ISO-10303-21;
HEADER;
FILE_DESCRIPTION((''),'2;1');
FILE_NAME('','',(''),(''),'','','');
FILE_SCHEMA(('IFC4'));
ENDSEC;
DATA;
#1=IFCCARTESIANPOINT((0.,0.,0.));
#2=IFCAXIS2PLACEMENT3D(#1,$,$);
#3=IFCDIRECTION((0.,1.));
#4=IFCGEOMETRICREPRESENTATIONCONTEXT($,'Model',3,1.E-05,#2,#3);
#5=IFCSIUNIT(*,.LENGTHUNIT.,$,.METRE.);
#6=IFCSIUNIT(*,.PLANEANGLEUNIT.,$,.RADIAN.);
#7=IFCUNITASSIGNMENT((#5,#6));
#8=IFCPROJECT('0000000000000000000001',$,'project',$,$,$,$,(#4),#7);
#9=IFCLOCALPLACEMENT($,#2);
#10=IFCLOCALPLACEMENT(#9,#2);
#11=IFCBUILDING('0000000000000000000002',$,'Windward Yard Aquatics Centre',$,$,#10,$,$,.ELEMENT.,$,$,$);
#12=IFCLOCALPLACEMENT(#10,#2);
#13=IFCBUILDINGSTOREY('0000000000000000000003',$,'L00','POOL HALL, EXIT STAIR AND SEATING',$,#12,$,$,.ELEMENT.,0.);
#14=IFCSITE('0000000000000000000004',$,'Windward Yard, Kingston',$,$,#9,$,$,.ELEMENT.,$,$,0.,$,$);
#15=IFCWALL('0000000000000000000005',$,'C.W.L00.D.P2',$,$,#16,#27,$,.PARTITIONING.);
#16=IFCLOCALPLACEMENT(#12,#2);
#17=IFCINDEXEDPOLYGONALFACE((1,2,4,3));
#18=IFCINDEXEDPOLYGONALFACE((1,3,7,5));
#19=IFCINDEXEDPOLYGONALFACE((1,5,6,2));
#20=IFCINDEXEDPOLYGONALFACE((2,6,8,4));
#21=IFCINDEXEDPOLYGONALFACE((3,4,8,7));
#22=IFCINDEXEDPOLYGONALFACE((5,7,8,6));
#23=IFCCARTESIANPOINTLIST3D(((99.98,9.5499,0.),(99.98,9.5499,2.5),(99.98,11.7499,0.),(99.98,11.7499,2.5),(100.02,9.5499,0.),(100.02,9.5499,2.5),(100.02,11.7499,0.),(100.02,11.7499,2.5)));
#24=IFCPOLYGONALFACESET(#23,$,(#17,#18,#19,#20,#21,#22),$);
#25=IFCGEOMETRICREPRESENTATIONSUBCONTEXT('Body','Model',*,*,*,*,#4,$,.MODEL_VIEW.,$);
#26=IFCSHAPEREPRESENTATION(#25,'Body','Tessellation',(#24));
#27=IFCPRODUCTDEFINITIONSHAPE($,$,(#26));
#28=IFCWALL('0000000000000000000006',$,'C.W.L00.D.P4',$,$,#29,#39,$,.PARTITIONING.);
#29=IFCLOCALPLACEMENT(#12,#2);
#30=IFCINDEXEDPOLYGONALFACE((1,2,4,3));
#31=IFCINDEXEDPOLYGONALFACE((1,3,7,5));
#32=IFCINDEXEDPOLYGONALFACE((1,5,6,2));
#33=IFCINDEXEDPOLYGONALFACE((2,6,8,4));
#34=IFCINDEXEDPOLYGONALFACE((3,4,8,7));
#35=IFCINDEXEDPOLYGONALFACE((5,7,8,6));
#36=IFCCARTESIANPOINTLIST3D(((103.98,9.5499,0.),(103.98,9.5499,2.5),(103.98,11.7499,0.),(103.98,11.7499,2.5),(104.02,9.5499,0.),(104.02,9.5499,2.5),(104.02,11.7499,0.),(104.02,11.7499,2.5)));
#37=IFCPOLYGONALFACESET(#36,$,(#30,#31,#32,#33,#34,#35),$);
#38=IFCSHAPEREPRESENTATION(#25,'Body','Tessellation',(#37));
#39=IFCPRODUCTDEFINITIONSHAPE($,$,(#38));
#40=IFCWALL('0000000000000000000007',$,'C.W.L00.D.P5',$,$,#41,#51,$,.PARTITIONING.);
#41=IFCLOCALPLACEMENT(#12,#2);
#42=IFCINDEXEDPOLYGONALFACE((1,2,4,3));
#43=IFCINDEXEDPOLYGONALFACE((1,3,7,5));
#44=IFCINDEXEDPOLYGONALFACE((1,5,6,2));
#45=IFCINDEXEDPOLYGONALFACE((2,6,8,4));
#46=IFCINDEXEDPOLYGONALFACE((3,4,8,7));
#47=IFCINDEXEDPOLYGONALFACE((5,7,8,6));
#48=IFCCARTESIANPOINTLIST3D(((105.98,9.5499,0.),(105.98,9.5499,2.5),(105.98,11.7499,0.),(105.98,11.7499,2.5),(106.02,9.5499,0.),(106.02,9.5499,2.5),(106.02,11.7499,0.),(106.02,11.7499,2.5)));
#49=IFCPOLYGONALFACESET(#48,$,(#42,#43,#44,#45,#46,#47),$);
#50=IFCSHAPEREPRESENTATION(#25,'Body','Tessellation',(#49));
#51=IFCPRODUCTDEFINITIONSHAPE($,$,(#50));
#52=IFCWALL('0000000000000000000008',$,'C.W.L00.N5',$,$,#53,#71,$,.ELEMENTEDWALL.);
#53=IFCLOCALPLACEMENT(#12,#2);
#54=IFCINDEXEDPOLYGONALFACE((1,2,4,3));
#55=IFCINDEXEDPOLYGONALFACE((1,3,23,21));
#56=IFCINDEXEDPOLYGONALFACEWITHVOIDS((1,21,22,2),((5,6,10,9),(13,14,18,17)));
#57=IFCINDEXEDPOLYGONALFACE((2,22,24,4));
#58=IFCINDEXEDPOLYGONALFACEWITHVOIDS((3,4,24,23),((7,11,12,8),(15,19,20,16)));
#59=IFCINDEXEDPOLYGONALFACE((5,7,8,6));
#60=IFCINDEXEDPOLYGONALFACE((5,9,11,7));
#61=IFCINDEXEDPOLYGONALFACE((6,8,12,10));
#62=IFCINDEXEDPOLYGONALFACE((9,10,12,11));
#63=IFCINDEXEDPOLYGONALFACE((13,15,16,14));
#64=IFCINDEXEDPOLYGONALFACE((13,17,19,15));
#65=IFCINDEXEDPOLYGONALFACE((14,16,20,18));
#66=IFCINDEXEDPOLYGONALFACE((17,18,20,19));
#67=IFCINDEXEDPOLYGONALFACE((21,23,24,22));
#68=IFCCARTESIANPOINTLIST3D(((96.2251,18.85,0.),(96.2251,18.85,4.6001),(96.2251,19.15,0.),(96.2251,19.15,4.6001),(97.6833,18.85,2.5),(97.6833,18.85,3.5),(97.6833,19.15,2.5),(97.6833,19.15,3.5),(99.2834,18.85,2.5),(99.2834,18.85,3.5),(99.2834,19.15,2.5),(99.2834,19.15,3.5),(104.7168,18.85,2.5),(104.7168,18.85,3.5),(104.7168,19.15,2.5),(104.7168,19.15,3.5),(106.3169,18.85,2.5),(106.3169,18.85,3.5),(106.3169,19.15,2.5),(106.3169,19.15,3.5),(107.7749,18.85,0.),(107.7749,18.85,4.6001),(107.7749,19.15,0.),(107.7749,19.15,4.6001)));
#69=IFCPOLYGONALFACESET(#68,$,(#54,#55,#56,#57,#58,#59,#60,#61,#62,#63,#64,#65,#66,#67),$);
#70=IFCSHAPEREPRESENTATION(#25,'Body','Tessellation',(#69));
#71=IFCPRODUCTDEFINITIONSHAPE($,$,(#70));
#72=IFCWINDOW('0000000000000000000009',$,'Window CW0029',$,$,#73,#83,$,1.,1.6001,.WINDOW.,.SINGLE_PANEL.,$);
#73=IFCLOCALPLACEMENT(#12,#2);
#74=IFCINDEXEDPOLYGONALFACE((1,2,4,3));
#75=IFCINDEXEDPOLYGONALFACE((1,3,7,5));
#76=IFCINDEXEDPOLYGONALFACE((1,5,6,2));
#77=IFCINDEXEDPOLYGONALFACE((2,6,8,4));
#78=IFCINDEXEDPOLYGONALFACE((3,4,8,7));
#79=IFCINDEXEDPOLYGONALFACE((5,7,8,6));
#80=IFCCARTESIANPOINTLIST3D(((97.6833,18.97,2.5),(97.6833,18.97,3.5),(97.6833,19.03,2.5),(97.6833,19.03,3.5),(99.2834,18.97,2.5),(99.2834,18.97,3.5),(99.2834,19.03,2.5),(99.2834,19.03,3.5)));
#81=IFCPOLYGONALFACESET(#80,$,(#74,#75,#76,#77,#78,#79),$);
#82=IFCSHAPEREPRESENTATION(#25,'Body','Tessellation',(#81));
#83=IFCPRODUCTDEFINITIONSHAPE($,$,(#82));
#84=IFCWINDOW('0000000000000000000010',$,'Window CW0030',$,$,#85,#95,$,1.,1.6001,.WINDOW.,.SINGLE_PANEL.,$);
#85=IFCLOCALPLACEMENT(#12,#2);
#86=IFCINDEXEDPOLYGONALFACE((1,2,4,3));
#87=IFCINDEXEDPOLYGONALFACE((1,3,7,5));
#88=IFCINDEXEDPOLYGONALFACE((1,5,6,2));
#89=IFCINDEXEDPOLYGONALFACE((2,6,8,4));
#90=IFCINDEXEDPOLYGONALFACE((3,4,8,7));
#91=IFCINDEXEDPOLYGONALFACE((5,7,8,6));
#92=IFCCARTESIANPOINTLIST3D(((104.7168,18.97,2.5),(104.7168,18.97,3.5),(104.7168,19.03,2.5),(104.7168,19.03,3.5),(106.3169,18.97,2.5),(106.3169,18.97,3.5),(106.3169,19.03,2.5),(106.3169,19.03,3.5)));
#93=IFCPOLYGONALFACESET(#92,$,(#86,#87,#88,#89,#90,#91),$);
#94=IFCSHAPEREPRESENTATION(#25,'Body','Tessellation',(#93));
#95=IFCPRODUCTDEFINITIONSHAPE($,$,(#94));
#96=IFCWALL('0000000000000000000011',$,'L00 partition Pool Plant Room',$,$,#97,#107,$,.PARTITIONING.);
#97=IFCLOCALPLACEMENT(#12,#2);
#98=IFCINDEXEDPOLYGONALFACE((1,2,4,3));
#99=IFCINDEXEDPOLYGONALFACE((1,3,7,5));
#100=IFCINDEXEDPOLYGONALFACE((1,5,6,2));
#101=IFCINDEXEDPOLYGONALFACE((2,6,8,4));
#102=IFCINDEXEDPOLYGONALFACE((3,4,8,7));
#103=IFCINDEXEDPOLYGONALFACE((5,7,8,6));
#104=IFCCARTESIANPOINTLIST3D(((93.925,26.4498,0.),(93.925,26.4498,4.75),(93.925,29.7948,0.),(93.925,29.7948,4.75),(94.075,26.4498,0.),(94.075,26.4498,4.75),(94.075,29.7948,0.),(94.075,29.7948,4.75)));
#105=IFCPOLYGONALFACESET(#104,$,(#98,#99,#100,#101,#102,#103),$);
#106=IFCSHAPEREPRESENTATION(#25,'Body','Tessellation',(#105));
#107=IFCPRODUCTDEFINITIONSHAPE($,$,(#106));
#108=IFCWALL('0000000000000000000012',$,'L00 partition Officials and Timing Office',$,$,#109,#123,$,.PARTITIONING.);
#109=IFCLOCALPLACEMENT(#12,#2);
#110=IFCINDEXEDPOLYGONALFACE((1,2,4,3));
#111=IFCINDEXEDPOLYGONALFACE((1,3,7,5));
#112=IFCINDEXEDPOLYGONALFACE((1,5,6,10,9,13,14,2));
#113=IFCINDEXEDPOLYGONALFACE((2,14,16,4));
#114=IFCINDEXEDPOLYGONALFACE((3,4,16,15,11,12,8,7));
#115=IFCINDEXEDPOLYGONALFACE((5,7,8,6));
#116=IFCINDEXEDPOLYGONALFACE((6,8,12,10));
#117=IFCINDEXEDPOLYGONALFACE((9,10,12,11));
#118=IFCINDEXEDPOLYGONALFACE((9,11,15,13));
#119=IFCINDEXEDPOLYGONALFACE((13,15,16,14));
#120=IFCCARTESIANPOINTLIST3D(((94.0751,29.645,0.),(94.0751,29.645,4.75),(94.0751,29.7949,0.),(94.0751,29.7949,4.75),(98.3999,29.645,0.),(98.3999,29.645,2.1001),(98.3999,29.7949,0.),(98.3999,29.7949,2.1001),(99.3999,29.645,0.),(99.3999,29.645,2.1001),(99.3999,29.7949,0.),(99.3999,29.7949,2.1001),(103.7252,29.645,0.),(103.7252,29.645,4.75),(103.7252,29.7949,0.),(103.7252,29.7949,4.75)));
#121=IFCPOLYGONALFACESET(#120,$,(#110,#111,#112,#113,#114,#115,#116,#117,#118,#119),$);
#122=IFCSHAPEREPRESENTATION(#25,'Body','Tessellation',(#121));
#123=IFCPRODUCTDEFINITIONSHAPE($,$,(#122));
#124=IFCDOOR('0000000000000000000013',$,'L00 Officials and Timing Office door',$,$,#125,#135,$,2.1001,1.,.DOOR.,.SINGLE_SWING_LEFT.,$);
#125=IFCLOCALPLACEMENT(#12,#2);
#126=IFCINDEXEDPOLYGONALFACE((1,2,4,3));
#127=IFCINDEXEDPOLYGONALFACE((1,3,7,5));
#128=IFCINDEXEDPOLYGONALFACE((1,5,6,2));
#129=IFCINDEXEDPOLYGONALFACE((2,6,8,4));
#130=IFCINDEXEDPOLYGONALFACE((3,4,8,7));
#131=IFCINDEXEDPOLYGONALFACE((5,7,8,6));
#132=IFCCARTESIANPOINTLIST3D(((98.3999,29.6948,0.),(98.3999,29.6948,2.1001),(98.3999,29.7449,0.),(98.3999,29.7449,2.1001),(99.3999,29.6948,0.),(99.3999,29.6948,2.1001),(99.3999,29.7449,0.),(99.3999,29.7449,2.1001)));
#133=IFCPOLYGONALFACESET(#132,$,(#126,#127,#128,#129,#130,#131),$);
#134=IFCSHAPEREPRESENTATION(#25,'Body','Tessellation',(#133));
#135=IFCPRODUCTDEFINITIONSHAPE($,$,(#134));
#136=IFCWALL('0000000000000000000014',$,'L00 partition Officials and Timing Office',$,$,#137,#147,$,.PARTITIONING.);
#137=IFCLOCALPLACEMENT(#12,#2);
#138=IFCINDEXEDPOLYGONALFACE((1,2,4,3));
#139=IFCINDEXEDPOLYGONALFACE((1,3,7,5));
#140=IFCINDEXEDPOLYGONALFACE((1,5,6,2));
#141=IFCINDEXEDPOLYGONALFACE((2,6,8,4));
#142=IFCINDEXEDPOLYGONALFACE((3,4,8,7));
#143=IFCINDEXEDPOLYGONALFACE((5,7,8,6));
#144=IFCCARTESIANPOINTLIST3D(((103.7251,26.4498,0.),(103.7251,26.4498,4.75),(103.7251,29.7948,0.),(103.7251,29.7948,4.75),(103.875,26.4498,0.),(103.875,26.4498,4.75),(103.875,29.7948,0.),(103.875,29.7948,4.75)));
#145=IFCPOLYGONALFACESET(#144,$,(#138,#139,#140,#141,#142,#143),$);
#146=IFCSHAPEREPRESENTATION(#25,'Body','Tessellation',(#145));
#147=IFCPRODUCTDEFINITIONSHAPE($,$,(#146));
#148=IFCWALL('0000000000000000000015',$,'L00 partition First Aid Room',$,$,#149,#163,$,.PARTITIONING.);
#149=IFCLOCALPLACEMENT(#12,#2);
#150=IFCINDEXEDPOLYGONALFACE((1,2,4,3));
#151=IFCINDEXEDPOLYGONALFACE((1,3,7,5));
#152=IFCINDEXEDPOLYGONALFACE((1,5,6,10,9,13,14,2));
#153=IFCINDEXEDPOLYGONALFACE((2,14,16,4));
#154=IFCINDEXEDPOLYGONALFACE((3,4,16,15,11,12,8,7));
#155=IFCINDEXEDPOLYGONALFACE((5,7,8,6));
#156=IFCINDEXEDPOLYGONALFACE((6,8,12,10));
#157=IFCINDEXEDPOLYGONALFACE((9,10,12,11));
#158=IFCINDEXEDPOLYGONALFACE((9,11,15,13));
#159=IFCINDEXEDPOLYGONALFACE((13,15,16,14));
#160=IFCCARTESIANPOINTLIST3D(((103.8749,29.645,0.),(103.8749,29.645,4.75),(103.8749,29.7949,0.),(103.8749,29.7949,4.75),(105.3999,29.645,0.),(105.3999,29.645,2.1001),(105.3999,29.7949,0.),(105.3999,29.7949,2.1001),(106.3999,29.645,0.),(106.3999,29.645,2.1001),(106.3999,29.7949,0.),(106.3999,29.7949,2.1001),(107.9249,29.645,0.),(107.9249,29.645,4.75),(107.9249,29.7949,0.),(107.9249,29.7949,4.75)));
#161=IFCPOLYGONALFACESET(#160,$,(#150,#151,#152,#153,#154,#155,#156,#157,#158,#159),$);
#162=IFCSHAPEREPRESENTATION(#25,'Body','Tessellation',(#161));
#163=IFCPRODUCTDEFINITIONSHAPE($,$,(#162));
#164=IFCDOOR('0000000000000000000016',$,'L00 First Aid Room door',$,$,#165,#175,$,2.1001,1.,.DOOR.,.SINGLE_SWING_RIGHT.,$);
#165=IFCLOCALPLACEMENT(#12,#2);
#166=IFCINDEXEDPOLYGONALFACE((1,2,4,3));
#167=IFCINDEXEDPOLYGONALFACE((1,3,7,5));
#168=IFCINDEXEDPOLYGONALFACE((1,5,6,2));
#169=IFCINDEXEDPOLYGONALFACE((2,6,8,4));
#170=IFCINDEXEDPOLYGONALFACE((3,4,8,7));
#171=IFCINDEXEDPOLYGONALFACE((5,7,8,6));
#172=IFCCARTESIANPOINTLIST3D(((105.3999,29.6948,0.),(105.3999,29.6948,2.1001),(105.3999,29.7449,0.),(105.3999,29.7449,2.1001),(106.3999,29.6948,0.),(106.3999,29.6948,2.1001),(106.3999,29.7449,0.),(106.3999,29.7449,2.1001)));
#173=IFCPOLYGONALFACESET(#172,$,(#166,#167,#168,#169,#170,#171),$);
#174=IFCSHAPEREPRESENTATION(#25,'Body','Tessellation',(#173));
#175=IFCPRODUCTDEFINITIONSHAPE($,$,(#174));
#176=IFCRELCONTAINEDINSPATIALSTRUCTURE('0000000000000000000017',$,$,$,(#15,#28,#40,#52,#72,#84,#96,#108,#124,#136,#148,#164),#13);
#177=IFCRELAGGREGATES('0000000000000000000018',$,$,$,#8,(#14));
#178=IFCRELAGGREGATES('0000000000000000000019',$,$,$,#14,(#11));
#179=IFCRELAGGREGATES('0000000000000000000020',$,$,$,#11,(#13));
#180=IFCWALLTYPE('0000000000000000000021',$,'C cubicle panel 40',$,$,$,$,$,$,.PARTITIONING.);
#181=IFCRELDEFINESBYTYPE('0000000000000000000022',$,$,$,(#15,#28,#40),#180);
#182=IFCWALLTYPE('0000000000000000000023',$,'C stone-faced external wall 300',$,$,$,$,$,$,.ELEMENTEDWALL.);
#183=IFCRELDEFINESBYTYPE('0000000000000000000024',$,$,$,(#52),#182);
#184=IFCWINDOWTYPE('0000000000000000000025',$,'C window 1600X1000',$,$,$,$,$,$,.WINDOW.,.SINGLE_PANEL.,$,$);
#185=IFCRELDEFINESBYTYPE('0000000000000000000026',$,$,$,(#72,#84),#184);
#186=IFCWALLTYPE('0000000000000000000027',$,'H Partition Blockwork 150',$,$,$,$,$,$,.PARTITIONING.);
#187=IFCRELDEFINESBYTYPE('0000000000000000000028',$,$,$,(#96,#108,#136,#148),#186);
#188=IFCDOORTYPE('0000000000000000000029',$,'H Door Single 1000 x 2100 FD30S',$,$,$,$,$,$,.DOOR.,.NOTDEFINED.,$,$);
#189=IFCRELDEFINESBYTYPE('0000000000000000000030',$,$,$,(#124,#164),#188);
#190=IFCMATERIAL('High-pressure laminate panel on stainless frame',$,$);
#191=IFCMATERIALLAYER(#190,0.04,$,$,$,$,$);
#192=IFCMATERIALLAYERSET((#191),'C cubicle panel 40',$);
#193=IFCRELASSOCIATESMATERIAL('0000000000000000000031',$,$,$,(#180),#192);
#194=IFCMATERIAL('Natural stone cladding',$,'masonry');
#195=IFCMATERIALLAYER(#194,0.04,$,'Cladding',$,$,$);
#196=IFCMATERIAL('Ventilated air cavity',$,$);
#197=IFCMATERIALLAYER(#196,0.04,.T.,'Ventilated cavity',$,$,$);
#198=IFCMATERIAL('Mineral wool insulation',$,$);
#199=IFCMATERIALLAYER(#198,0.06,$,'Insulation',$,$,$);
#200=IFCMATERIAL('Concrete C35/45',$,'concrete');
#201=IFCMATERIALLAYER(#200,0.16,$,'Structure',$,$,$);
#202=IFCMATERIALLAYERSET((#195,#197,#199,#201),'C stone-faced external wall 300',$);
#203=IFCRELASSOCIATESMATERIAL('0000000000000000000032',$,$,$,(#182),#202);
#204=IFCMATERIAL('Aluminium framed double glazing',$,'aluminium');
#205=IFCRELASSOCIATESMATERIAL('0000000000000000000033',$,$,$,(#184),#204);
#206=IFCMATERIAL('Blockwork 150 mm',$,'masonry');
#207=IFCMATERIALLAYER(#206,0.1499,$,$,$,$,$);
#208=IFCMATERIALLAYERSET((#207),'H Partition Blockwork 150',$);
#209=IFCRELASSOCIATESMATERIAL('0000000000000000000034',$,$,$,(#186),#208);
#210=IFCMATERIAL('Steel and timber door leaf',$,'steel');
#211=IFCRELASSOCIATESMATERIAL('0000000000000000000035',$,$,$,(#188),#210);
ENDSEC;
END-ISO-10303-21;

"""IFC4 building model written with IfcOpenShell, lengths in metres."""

from ifc_helpers import new_model, si_unit, direction, frame, frame_2d, origin, place, context, subcontext, project, spatial, rectangle, extrude, material, layer, layer_set, type_object, element, fill, save


model = new_model("IFC4")

# Units and contexts
model_context = context("Model", 3, precision=1e-05, world=origin(), true_north=direction((0.0, 1.0)))
body_context = subcontext(model_context, "Body", "Model", "MODEL_VIEW")
ifc_project = project(units=[si_unit("LENGTHUNIT", "METRE"), si_unit("PLANEANGLEUNIT", "RADIAN")], contexts=[model_context])

# Site, building, storey
site_placement = place(None, origin())
site = spatial("IfcSite", under=ifc_project, at=site_placement, Name="Windward Yard, Kingston", CompositionType="ELEMENT", RefElevation=0.0)
building_placement = place(site_placement, origin())
building = spatial("IfcBuilding", under=site, at=building_placement, Name="Windward Yard Aquatics Centre", CompositionType="ELEMENT")
storey_placement = place(building_placement, origin())
storey = spatial("IfcBuildingStorey", under=building, at=storey_placement, Name="L00", Description="POOL HALL, EXIT STAIR AND SEATING", CompositionType="ELEMENT", Elevation=0.0)

# Shared definitions
ifc_material_1 = material(Name="Concrete C35/45", Category="concrete")

# Walls
ifc_material_2 = material(Name="High-pressure laminate panel on stainless frame")
ifc_layer_1 = layer(ifc_material_2, 0.04)
ifc_layer_set_1 = layer_set([ifc_layer_1], Name="C cubicle panel 40")
wall_type_1 = type_object("IfcWallType", Name="C cubicle panel 40", PredefinedType="PARTITIONING", material=ifc_layer_set_1)
for number, where, z_axis, x_axis, name in (
    (1, (100.0, 11.75, 0.0), (0.0, 0.0, 1.0), (0.0, -1.0, 0.0), "C.W.L00.D.P2"),
    (2, (104.0, 11.75, 0.0), (0.0, 0.0, 1.0), (0.0, -1.0, 0.0), "C.W.L00.D.P4"),
    (3, (106.0, 11.75, 0.0), (0.0, 0.0, 1.0), (0.0, -1.0, 0.0), "C.W.L00.D.P5"),
):
    element("IfcWall", number, at=place(storey_placement, frame(where, z_axis=z_axis, x_axis=x_axis)), inside=storey, type_object=wall_type_1, Name=name, PredefinedType="PARTITIONING", context=body_context, shape_type="SweptSolid", body=[
        extrude(rectangle(XDim=2.2, YDim=0.04, at=frame_2d((1.1001, 0.0))), origin(), (0.0, 0.0, 1.0), 2.5),
    ])

# Wall, openings, windows
ifc_material_3 = material(Name="Natural stone cladding", Category="masonry")
ifc_layer_2 = layer(ifc_material_3, 0.04, Name="Cladding")
ifc_material_4 = material(Name="Ventilated air cavity")
ifc_layer_3 = layer(ifc_material_4, 0.04, ventilated=True, Name="Ventilated cavity")
ifc_material_5 = material(Name="Mineral wool insulation")
ifc_layer_4 = layer(ifc_material_5, 0.06, Name="Insulation")
ifc_layer_5 = layer(ifc_material_1, 0.16, Name="Structure")
ifc_layer_set_2 = layer_set([ifc_layer_2, ifc_layer_3, ifc_layer_4, ifc_layer_5], Name="C stone-faced external wall 300")
wall_type_2 = type_object("IfcWallType", Name="C stone-faced external wall 300", PredefinedType="ELEMENTEDWALL", material=ifc_layer_set_2)
wall_1_placement = place(storey_placement, frame((96.2251, 19.0, 0.0), z_axis=(0.0, 0.0, 1.0), x_axis=(1.0, 0.0, 0.0)))
wall_1 = element("IfcWall", 4, at=wall_1_placement, inside=storey, type_object=wall_type_2, Name="C.W.L00.N5", PredefinedType="ELEMENTEDWALL", context=body_context, shape_type="SweptSolid", body=[
    extrude(rectangle(XDim=11.5498, YDim=0.3, at=frame_2d((5.7749, 0.0))), origin(), (0.0, 0.0, 1.0), 4.6001),
])
opening_1_placement = place(wall_1_placement, frame((1.4583, 0.0, 2.5)))
opening_1 = element("IfcOpeningElement", 5, at=opening_1_placement, cuts=wall_1, PredefinedType="OPENING", context=body_context, shape_type="SweptSolid", body=[
    extrude(rectangle(XDim=1.6001, YDim=1.0, at=frame_2d((0.8, 0.5))), frame((0.0, 0.1602, 0.0), z_axis=(0.0, -1.0, 0.0), x_axis=(1.0, 0.0, 0.0)), (0.0, 0.0, 1.0), 0.3201),
])
opening_2_placement = place(wall_1_placement, frame((8.4917, 0.0, 2.5)))
opening_2 = element("IfcOpeningElement", 6, at=opening_2_placement, cuts=wall_1, PredefinedType="OPENING", context=body_context, shape_type="SweptSolid", body=[
    extrude(rectangle(XDim=1.6001, YDim=1.0, at=frame_2d((0.8, 0.5))), frame((0.0, 0.1602, 0.0), z_axis=(0.0, -1.0, 0.0), x_axis=(1.0, 0.0, 0.0)), (0.0, 0.0, 1.0), 0.3201),
])
ifc_material_6 = material(Name="Aluminium framed double glazing", Category="aluminium")
window_type = type_object("IfcWindowType", Name="C window 1600X1000", PartitioningType="SINGLE_PANEL", PredefinedType="WINDOW", material=ifc_material_6)
window_1_placement = place(opening_1_placement, origin())
window_1 = element("IfcWindow", 7, at=window_1_placement, inside=storey, type_object=window_type, Name="Window CW0029", OverallHeight=1.0, OverallWidth=1.6001, PartitioningType="SINGLE_PANEL", PredefinedType="WINDOW", context=body_context, shape_type="SweptSolid", body=[
    extrude(rectangle(XDim=1.6001, YDim=1.0, at=frame_2d((0.8, 0.5))), frame((0.0, 0.03, 0.0), z_axis=(0.0, -1.0, 0.0), x_axis=(1.0, 0.0, 0.0)), (0.0, 0.0, 1.0), 0.0601),
])
fill(opening_1, window_1)
window_2_placement = place(opening_2_placement, origin())
window_2 = element("IfcWindow", 8, at=window_2_placement, inside=storey, type_object=window_type, Name="Window CW0030", OverallHeight=1.0, OverallWidth=1.6001, PartitioningType="SINGLE_PANEL", PredefinedType="WINDOW", context=body_context, shape_type="SweptSolid", body=[
    extrude(rectangle(XDim=1.6001, YDim=1.0, at=frame_2d((0.8, 0.5))), frame((0.0, 0.03, 0.0), z_axis=(0.0, -1.0, 0.0), x_axis=(1.0, 0.0, 0.0)), (0.0, 0.0, 1.0), 0.0601),
])
fill(opening_2, window_2)

# Wall
ifc_material_7 = material(Name="Blockwork 150 mm", Category="masonry")
ifc_layer_6 = layer(ifc_material_7, 0.1499)
ifc_layer_set_3 = layer_set([ifc_layer_6], Name="H Partition Blockwork 150")
wall_type_3 = type_object("IfcWallType", Name="H Partition Blockwork 150", PredefinedType="PARTITIONING", material=ifc_layer_set_3)
wall_2_placement = place(storey_placement, frame((94.0, 26.45, 0.0), z_axis=(0.0, 0.0, 1.0), x_axis=(0.0, 1.0, 0.0)))
element("IfcWall", 9, at=wall_2_placement, inside=storey, type_object=wall_type_3, Name="L00 partition Pool Plant Room", PredefinedType="PARTITIONING", context=body_context, shape_type="SweptSolid", body=[
    extrude(rectangle(XDim=3.345, YDim=0.1499, at=frame_2d((1.6724, 0.0))), origin(), (0.0, 0.0, 1.0), 4.75),
])

# Wall, opening, door
wall_3_placement = place(storey_placement, frame((94.075, 29.72, 0.0), z_axis=(0.0, 0.0, 1.0), x_axis=(1.0, 0.0, 0.0)))
wall_3 = element("IfcWall", 10, at=wall_3_placement, inside=storey, type_object=wall_type_3, Name="L00 partition Officials and Timing Office", PredefinedType="PARTITIONING", context=body_context, shape_type="SweptSolid", body=[
    extrude(rectangle(XDim=9.6501, YDim=0.1499, at=frame_2d((4.8252, 0.0))), origin(), (0.0, 0.0, 1.0), 4.75),
])
opening_3_placement = place(wall_3_placement, frame((4.325, 0.0, 0.0)))
opening_3 = element("IfcOpeningElement", 11, at=opening_3_placement, cuts=wall_3, PredefinedType="OPENING", context=body_context, shape_type="SweptSolid", body=[
    extrude(rectangle(XDim=1.0, YDim=2.1001, at=frame_2d((0.5, 1.05))), frame((0.0, 0.085, 0.0), z_axis=(0.0, -1.0, 0.0), x_axis=(1.0, 0.0, 0.0)), (0.0, 0.0, 1.0), 0.1699),
])
ifc_material_8 = material(Name="Steel and timber door leaf", Category="steel")
door_type_1 = type_object("IfcDoorType", Name="H Door Single 1000 x 2100 FD30S", OperationType="NOTDEFINED", PredefinedType="DOOR", material=ifc_material_8)
door_1_placement = place(opening_3_placement, origin())
door_1 = element("IfcDoor", 12, at=door_1_placement, inside=storey, type_object=door_type_1, Name="L00 Officials and Timing Office door", OperationType="SINGLE_SWING_LEFT", OverallHeight=2.1001, OverallWidth=1.0, PredefinedType="DOOR", context=body_context, shape_type="SweptSolid", body=[
    extrude(rectangle(XDim=1.0, YDim=2.1001, at=frame_2d((0.5, 1.05))), frame((0.0, 0.0249, 0.0), z_axis=(0.0, -1.0, 0.0), x_axis=(1.0, 0.0, 0.0)), (0.0, 0.0, 1.0), 0.05),
])
fill(opening_3, door_1)

# Wall
wall_4_placement = place(storey_placement, frame((103.8, 26.45, 0.0), z_axis=(0.0, 0.0, 1.0), x_axis=(0.0, 1.0, 0.0)))
element("IfcWall", 13, at=wall_4_placement, inside=storey, type_object=wall_type_3, Name="L00 partition Officials and Timing Office", PredefinedType="PARTITIONING", context=body_context, shape_type="SweptSolid", body=[
    extrude(rectangle(XDim=3.345, YDim=0.1499, at=frame_2d((1.6724, 0.0))), origin(), (0.0, 0.0, 1.0), 4.75),
])

# Wall, opening, door
wall_5_placement = place(storey_placement, frame((103.875, 29.72, 0.0), z_axis=(0.0, 0.0, 1.0), x_axis=(1.0, 0.0, 0.0)))
wall_5 = element("IfcWall", 14, at=wall_5_placement, inside=storey, type_object=wall_type_3, Name="L00 partition First Aid Room", PredefinedType="PARTITIONING", context=body_context, shape_type="SweptSolid", body=[
    extrude(rectangle(XDim=4.05, YDim=0.1499, at=frame_2d((2.0249, 0.0))), origin(), (0.0, 0.0, 1.0), 4.75),
])
opening_4_placement = place(wall_5_placement, frame((1.5249, 0.0, 0.0)))
opening_4 = element("IfcOpeningElement", 15, at=opening_4_placement, cuts=wall_5, PredefinedType="OPENING", context=body_context, shape_type="SweptSolid", body=[
    extrude(rectangle(XDim=1.0, YDim=2.1001, at=frame_2d((0.5, 1.05))), frame((0.0, 0.085, 0.0), z_axis=(0.0, -1.0, 0.0), x_axis=(1.0, 0.0, 0.0)), (0.0, 0.0, 1.0), 0.1699),
])
door_2_placement = place(opening_4_placement, origin())
door_2 = element("IfcDoor", 16, at=door_2_placement, inside=storey, type_object=door_type_1, Name="L00 First Aid Room door", OperationType="SINGLE_SWING_RIGHT", OverallHeight=2.1001, OverallWidth=1.0, PredefinedType="DOOR", context=body_context, shape_type="SweptSolid", body=[
    extrude(rectangle(XDim=1.0, YDim=2.1001, at=frame_2d((0.5, 1.05))), frame((0.0, 0.0249, 0.0), z_axis=(0.0, -1.0, 0.0), x_axis=(1.0, 0.0, 0.0)), (0.0, 0.0, 1.0), 0.05),
])
fill(opening_4, door_2)

save(model, "model.ifc")
